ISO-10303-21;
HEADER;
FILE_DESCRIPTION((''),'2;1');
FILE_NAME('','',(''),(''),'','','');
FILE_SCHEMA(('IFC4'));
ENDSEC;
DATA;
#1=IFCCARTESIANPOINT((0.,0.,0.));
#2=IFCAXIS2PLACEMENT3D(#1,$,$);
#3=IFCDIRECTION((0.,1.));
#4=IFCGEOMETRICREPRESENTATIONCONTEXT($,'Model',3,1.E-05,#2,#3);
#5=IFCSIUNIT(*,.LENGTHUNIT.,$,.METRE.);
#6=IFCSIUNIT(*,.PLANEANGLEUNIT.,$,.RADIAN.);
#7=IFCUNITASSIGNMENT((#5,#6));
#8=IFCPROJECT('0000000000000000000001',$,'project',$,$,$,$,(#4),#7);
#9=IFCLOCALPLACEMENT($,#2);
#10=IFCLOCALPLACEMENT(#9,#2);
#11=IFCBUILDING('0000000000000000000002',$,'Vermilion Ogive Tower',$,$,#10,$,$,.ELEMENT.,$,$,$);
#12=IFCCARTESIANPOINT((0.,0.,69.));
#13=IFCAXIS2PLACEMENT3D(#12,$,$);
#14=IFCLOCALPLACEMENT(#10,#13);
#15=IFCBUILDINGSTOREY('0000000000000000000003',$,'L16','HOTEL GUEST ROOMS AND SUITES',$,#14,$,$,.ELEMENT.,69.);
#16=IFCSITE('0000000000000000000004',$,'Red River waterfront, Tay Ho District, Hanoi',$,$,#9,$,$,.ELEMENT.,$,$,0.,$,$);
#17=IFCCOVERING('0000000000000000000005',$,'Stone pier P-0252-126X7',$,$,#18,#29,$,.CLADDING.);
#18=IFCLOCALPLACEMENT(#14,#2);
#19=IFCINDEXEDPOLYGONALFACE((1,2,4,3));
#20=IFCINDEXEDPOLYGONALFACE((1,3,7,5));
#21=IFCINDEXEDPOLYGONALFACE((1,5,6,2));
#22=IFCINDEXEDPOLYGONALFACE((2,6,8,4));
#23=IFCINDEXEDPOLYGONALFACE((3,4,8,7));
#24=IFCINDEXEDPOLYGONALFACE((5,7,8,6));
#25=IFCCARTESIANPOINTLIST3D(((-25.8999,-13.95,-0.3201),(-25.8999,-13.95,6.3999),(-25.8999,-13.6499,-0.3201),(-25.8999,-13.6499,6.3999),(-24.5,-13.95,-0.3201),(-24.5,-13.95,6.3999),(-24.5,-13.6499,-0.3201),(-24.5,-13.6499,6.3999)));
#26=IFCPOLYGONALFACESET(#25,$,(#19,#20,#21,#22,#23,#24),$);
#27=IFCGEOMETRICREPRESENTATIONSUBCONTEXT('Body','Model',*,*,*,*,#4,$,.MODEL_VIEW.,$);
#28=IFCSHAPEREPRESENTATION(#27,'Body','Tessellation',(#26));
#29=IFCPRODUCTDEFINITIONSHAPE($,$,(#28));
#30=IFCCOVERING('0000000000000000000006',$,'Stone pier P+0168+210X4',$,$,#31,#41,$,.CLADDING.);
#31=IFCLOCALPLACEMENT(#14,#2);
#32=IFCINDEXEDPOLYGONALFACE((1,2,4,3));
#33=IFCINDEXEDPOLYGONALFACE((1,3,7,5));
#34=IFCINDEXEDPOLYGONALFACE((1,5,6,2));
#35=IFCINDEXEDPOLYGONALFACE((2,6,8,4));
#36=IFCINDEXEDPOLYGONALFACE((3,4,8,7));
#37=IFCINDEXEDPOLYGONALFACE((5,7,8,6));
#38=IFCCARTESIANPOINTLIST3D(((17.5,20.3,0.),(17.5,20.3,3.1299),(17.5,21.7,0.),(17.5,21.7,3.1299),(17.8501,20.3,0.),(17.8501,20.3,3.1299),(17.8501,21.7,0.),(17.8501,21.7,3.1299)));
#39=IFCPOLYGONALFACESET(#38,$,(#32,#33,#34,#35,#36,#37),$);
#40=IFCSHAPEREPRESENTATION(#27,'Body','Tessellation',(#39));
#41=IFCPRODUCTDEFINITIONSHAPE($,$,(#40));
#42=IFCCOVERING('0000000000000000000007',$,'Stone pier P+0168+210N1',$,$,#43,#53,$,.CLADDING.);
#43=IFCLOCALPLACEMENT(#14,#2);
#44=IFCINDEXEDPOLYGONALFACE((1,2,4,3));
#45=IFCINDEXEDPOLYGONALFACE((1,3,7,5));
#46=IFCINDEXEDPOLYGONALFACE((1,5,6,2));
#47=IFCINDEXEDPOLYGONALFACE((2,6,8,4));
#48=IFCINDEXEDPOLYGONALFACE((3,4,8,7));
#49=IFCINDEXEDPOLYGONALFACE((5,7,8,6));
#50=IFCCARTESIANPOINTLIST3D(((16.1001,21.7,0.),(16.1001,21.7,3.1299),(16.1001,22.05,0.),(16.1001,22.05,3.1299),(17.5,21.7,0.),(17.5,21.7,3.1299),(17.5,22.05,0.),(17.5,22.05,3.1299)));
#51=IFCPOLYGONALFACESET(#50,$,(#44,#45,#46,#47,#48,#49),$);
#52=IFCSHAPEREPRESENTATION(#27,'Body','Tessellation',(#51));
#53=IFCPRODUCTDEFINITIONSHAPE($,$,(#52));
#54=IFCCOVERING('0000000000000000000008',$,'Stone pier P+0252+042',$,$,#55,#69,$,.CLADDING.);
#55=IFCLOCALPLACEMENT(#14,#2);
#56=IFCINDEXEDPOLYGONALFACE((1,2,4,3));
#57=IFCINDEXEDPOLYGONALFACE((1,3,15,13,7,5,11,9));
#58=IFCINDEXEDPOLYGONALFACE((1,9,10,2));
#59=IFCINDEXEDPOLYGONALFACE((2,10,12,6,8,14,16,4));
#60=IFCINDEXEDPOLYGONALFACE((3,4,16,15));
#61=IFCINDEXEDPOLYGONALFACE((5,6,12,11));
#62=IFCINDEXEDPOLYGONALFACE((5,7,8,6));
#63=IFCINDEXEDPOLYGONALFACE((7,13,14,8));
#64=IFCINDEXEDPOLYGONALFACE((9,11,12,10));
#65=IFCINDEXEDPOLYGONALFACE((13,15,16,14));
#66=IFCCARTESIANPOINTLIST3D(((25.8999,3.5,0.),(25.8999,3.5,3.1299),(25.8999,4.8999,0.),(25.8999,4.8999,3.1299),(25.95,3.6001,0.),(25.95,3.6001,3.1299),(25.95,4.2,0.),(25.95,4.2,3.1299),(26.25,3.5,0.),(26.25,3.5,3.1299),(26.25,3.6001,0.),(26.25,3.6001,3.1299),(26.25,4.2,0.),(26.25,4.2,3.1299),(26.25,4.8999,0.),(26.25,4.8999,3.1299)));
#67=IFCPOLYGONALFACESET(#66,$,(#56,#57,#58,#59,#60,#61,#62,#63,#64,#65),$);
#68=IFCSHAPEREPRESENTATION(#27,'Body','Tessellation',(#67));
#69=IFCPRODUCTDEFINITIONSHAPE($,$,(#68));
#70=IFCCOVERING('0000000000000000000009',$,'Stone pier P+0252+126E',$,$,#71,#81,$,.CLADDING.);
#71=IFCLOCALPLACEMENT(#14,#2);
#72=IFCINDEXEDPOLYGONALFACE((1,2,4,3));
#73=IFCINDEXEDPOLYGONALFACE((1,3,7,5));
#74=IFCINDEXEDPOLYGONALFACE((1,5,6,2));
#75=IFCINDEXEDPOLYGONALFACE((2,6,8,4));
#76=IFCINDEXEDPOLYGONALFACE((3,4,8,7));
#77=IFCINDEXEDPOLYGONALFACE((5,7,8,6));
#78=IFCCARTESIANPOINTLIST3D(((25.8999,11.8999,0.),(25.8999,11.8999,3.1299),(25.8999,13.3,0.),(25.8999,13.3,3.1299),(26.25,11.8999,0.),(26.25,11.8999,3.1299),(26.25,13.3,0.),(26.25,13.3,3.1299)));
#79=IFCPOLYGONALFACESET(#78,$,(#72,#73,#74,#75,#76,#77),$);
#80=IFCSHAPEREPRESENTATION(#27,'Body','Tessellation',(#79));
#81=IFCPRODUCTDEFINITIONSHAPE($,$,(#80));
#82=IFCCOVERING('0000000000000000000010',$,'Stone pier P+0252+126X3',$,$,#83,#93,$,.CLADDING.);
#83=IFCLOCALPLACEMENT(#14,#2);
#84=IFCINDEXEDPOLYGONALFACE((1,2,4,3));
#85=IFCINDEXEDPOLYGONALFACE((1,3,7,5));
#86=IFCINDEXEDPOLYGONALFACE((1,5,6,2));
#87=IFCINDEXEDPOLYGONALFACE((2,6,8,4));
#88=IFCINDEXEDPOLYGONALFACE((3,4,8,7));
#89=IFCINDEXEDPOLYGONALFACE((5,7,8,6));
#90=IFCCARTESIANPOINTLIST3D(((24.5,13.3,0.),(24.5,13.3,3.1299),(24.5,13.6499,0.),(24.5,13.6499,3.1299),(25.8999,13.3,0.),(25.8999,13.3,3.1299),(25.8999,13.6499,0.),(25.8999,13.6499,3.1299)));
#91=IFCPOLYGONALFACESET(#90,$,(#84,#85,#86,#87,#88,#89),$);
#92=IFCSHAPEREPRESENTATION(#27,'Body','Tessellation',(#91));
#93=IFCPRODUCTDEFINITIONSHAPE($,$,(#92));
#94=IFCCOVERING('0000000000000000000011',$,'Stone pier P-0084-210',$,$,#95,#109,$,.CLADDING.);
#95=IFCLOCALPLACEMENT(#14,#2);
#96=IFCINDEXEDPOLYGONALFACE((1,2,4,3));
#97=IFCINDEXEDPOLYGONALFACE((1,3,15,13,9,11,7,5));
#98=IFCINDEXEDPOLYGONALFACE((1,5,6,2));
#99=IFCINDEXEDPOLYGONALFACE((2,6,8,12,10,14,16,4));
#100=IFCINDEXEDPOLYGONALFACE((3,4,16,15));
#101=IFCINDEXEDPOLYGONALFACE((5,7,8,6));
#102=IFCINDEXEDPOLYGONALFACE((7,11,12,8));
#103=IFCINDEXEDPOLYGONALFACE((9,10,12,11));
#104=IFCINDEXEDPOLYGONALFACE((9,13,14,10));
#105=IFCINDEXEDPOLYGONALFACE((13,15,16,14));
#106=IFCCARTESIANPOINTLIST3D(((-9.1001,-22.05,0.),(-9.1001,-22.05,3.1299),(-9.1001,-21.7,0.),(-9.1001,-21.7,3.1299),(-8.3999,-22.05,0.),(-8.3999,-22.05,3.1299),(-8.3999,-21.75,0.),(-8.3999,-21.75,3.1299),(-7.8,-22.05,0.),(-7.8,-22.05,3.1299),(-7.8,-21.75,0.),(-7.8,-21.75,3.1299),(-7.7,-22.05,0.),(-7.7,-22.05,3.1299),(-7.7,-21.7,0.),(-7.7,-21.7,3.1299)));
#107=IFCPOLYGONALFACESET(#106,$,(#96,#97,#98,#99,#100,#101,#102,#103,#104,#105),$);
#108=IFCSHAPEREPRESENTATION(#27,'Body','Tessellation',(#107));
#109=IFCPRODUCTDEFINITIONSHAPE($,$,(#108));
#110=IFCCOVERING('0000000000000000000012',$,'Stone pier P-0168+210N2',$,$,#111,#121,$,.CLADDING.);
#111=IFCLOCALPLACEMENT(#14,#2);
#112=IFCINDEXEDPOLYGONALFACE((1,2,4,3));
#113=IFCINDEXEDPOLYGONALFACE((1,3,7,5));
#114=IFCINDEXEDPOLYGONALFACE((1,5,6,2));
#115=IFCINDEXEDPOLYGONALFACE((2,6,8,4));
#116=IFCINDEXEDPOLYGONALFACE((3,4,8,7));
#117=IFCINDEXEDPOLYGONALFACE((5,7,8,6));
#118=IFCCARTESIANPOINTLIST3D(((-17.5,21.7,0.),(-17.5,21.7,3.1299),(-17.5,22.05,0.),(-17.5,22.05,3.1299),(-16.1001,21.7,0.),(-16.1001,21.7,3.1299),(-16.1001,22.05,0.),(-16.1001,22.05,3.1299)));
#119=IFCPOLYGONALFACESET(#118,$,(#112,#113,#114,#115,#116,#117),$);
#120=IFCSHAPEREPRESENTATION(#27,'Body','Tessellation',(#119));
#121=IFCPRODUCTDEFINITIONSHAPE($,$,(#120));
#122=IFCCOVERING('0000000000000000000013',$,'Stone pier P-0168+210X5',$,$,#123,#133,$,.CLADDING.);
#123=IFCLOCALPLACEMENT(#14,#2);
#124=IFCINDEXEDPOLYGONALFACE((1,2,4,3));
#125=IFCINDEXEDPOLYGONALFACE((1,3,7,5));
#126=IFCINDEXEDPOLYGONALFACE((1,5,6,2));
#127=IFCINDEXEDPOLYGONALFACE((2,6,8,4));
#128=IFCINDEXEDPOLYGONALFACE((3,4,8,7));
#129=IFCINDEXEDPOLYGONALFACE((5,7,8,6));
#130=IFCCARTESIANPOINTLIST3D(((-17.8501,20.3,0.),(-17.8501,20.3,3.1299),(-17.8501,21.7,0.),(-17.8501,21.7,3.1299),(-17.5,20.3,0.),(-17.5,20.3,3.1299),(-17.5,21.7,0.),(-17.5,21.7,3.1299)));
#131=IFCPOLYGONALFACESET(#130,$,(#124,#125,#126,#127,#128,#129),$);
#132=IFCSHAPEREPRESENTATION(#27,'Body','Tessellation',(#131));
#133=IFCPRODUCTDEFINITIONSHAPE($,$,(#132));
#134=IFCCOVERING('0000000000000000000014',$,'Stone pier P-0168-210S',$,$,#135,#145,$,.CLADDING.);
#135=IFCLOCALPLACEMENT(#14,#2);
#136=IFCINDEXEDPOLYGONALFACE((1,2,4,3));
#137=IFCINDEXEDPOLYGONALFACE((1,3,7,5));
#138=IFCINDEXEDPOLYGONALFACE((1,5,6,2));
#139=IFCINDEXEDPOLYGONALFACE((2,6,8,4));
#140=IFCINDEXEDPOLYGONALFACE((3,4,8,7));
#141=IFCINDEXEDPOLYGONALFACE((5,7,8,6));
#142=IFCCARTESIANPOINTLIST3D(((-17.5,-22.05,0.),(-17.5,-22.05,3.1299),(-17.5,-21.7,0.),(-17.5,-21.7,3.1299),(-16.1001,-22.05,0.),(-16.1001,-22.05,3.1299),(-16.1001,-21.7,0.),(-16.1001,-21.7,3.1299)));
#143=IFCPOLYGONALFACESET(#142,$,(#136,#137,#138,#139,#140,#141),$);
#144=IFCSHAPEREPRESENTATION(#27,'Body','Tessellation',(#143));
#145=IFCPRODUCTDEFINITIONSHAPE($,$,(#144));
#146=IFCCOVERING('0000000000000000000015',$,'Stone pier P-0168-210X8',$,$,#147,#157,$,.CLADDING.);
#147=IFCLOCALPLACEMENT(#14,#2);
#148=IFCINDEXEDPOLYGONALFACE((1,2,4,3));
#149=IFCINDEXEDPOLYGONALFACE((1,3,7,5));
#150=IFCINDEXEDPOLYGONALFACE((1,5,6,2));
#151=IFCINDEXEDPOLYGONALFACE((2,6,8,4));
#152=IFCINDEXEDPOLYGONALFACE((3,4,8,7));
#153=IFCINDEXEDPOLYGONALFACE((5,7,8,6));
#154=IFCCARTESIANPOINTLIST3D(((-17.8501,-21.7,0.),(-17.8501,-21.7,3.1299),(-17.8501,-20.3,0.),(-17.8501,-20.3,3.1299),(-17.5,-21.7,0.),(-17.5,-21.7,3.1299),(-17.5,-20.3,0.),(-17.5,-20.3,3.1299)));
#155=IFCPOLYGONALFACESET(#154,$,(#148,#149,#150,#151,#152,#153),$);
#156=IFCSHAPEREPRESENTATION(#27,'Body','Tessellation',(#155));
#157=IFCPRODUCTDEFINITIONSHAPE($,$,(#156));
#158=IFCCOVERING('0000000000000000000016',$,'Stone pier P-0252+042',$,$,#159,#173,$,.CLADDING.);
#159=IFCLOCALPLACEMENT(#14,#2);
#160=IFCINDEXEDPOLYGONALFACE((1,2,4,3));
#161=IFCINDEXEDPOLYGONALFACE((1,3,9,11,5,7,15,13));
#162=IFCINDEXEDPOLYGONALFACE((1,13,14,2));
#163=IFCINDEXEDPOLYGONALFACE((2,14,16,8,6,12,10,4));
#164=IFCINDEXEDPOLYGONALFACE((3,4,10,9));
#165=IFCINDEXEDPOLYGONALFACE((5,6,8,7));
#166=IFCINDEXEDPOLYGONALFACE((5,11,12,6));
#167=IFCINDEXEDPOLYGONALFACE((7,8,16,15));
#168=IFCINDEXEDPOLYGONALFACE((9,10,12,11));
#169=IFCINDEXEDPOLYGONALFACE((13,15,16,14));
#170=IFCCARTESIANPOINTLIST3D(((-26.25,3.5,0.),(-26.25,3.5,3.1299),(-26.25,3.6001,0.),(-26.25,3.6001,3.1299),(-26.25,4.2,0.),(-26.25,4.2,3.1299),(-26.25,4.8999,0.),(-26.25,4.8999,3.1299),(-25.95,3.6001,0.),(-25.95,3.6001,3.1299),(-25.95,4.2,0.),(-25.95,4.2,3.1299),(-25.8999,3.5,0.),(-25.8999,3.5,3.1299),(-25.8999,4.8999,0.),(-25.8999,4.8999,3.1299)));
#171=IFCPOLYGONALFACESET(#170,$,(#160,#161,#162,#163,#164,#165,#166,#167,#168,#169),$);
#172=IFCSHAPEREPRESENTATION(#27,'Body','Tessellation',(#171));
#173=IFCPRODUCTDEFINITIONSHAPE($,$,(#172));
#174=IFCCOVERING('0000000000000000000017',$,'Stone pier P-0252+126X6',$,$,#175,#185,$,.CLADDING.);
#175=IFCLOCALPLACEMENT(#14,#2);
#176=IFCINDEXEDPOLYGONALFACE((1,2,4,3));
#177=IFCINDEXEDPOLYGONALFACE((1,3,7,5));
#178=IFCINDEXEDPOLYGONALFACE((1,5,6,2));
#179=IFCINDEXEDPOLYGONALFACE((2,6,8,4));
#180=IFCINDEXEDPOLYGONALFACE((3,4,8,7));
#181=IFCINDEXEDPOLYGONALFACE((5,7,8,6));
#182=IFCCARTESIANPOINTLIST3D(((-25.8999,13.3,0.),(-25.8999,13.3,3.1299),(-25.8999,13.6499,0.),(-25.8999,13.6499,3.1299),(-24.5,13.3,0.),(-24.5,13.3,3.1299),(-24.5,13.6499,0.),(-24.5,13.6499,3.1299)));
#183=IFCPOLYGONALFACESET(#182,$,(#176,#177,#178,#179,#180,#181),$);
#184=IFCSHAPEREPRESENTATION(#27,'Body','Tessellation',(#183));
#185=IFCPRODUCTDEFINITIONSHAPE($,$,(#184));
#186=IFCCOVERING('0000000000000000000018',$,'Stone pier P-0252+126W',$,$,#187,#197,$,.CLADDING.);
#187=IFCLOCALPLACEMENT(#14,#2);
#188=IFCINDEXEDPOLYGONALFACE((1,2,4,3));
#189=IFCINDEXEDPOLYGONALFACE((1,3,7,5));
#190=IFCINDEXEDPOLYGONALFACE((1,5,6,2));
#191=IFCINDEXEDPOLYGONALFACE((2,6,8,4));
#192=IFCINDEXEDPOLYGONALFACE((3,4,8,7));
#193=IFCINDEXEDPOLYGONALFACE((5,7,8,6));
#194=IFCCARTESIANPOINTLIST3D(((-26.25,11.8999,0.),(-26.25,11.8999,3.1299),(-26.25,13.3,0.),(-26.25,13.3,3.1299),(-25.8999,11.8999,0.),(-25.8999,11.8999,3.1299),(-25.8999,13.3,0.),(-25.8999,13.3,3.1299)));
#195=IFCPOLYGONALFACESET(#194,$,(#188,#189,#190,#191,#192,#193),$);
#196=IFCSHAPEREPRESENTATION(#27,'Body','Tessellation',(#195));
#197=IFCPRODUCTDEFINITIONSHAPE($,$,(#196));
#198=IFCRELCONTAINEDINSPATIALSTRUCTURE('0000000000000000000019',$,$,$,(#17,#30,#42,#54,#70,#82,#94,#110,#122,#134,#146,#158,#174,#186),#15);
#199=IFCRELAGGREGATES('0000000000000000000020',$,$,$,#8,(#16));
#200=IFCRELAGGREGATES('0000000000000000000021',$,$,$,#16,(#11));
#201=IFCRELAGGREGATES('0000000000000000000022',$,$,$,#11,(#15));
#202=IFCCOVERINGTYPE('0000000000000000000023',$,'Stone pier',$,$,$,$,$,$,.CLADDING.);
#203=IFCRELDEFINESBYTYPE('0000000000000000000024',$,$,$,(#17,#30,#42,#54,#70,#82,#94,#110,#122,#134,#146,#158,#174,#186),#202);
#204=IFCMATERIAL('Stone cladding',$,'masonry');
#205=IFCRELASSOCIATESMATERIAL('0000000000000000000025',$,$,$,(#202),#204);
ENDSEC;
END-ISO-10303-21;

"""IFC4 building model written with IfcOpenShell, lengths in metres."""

from ifc_helpers import new_model, si_unit, direction, frame, origin, place, context, subcontext, project, spatial, polyline, outline, extrude, material, type_object, element, save


model = new_model("IFC4")

# Units and contexts
model_context = context("Model", 3, precision=1e-05, world=origin(), true_north=direction((0.0, 1.0)))
body_context = subcontext(model_context, "Body", "Model", "MODEL_VIEW")
ifc_project = project(units=[si_unit("LENGTHUNIT", "METRE"), si_unit("PLANEANGLEUNIT", "RADIAN")], contexts=[model_context])

# Site, building, storey
site_placement = place(None, origin())
site = spatial("IfcSite", under=ifc_project, at=site_placement, Name="Red River waterfront, Tay Ho District, Hanoi", CompositionType="ELEMENT", RefElevation=0.0)
building_placement = place(site_placement, origin())
building = spatial("IfcBuilding", under=site, at=building_placement, Name="Vermilion Ogive Tower", CompositionType="ELEMENT")
storey_placement = place(building_placement, frame((0.0, 0.0, 69.0)))
storey = spatial("IfcBuildingStorey", under=building, at=storey_placement, Name="L16", Description="HOTEL GUEST ROOMS AND SUITES", CompositionType="ELEMENT", Elevation=69.0)

# Coverings
ifc_material_1 = material(Name="Stone cladding", Category="masonry")
covering_type_1 = type_object("IfcCoveringType", Name="Stone pier", PredefinedType="CLADDING", material=ifc_material_1)
covering_1_placement = place(storey_placement, frame((0.0, 0.0, -0.3201)))
element("IfcCovering", 1, at=covering_1_placement, inside=storey, type_object=covering_type_1, Name="Stone pier P-0252-126X7", PredefinedType="CLADDING", context=body_context, shape_type="SweptSolid", body=[
    extrude(outline(polyline([(-25.8999, -13.95), (-25.8999, -13.6499), (-24.5, -13.6499), (-24.5, -13.95), (-25.8999, -13.95)])), origin(), (0.0, 0.0, 1.0), 6.72),
])
covering_2_placement = place(storey_placement, origin())
element("IfcCovering", 2, at=covering_2_placement, inside=storey, type_object=covering_type_1, Name="Stone pier P+0168+210X4", PredefinedType="CLADDING", context=body_context, shape_type="SweptSolid", body=[
    extrude(outline(polyline([(17.8501, 21.7), (17.8501, 20.3), (17.5, 20.3), (17.5, 21.7), (17.8501, 21.7)])), origin(), (0.0, 0.0, 1.0), 3.1299),
])
covering_3_placement = place(storey_placement, origin())
element("IfcCovering", 3, at=covering_3_placement, inside=storey, type_object=covering_type_1, Name="Stone pier P+0168+210N1", PredefinedType="CLADDING", context=body_context, shape_type="SweptSolid", body=[
    extrude(outline(polyline([(17.5, 22.05), (17.5, 21.7), (16.1001, 21.7), (16.1001, 22.05), (17.5, 22.05)])), origin(), (0.0, 0.0, 1.0), 3.1299),
])
covering_4_placement = place(storey_placement, origin())
element("IfcCovering", 4, at=covering_4_placement, inside=storey, type_object=covering_type_1, Name="Stone pier P+0252+042", PredefinedType="CLADDING", context=body_context, shape_type="SweptSolid", body=[
    extrude(outline(polyline([(26.25, 4.8999), (26.25, 4.2), (25.95, 4.2), (25.95, 3.6001), (26.25, 3.6001), (26.25, 3.5), (25.8999, 3.5), (25.8999, 4.8999), (26.25, 4.8999)])), origin(), (0.0, 0.0, 1.0), 3.1299),
])
covering_5_placement = place(storey_placement, origin())
element("IfcCovering", 5, at=covering_5_placement, inside=storey, type_object=covering_type_1, Name="Stone pier P+0252+126E", PredefinedType="CLADDING", context=body_context, shape_type="SweptSolid", body=[
    extrude(outline(polyline([(26.25, 13.3), (26.25, 11.8999), (25.8999, 11.8999), (25.8999, 13.3), (26.25, 13.3)])), origin(), (0.0, 0.0, 1.0), 3.1299),
])
covering_6_placement = place(storey_placement, origin())
element("IfcCovering", 6, at=covering_6_placement, inside=storey, type_object=covering_type_1, Name="Stone pier P+0252+126X3", PredefinedType="CLADDING", context=body_context, shape_type="SweptSolid", body=[
    extrude(outline(polyline([(25.8999, 13.6499), (25.8999, 13.3), (24.5, 13.3), (24.5, 13.6499), (25.8999, 13.6499)])), origin(), (0.0, 0.0, 1.0), 3.1299),
])
covering_7_placement = place(storey_placement, origin())
element("IfcCovering", 7, at=covering_7_placement, inside=storey, type_object=covering_type_1, Name="Stone pier P-0084-210", PredefinedType="CLADDING", context=body_context, shape_type="SweptSolid", body=[
    extrude(outline(polyline([(-7.7, -22.05), (-7.8, -22.05), (-7.8, -21.75), (-8.3999, -21.75), (-8.3999, -22.05), (-9.1001, -22.05), (-9.1001, -21.7), (-7.7, -21.7), (-7.7, -22.05)])), origin(), (0.0, 0.0, 1.0), 3.1299),
])
covering_8_placement = place(storey_placement, origin())
element("IfcCovering", 8, at=covering_8_placement, inside=storey, type_object=covering_type_1, Name="Stone pier P-0168+210N2", PredefinedType="CLADDING", context=body_context, shape_type="SweptSolid", body=[
    extrude(outline(polyline([(-17.5, 21.7), (-17.5, 22.05), (-16.1001, 22.05), (-16.1001, 21.7), (-17.5, 21.7), (-17.5, 21.7)])), origin(), (0.0, 0.0, 1.0), 3.1299),
])
covering_9_placement = place(storey_placement, origin())
element("IfcCovering", 9, at=covering_9_placement, inside=storey, type_object=covering_type_1, Name="Stone pier P-0168+210X5", PredefinedType="CLADDING", context=body_context, shape_type="SweptSolid", body=[
    extrude(outline(polyline([(-17.8501, 21.7), (-17.5, 21.7), (-17.5, 21.7), (-17.5, 20.3), (-17.8501, 20.3), (-17.8501, 21.7)])), origin(), (0.0, 0.0, 1.0), 3.1299),
])
covering_10_placement = place(storey_placement, origin())
element("IfcCovering", 10, at=covering_10_placement, inside=storey, type_object=covering_type_1, Name="Stone pier P-0168-210S", PredefinedType="CLADDING", context=body_context, shape_type="SweptSolid", body=[
    extrude(outline(polyline([(-16.1001, -22.05), (-17.5, -22.05), (-17.5, -21.7), (-16.1001, -21.7), (-16.1001, -22.05)])), origin(), (0.0, 0.0, 1.0), 3.1299),
])
covering_11_placement = place(storey_placement, origin())
element("IfcCovering", 11, at=covering_11_placement, inside=storey, type_object=covering_type_1, Name="Stone pier P-0168-210X8", PredefinedType="CLADDING", context=body_context, shape_type="SweptSolid", body=[
    extrude(outline(polyline([(-17.8501, -20.3), (-17.5, -20.3), (-17.5, -21.7), (-17.8501, -21.7), (-17.8501, -20.3)])), origin(), (0.0, 0.0, 1.0), 3.1299),
])
covering_12_placement = place(storey_placement, origin())
element("IfcCovering", 12, at=covering_12_placement, inside=storey, type_object=covering_type_1, Name="Stone pier P-0252+042", PredefinedType="CLADDING", context=body_context, shape_type="SweptSolid", body=[
    extrude(outline(polyline([(-26.25, 3.5), (-26.25, 3.6001), (-25.95, 3.6001), (-25.95, 4.2), (-26.25, 4.2), (-26.25, 4.8999), (-25.8999, 4.8999), (-25.8999, 3.5), (-26.25, 3.5)])), origin(), (0.0, 0.0, 1.0), 3.1299),
])
covering_13_placement = place(storey_placement, origin())
element("IfcCovering", 13, at=covering_13_placement, inside=storey, type_object=covering_type_1, Name="Stone pier P-0252+126X6", PredefinedType="CLADDING", context=body_context, shape_type="SweptSolid", body=[
    extrude(outline(polyline([(-25.8999, 13.3), (-25.8999, 13.6499), (-24.5, 13.6499), (-24.5, 13.3), (-24.5, 13.3), (-25.8999, 13.3)])), origin(), (0.0, 0.0, 1.0), 3.1299),
])
covering_14_placement = place(storey_placement, origin())
element("IfcCovering", 14, at=covering_14_placement, inside=storey, type_object=covering_type_1, Name="Stone pier P-0252+126W", PredefinedType="CLADDING", context=body_context, shape_type="SweptSolid", body=[
    extrude(outline(polyline([(-26.25, 13.3), (-25.8999, 13.3), (-25.8999, 11.8999), (-26.25, 11.8999), (-26.25, 13.3)])), origin(), (0.0, 0.0, 1.0), 3.1299),
])

save(model, "model.ifc")
